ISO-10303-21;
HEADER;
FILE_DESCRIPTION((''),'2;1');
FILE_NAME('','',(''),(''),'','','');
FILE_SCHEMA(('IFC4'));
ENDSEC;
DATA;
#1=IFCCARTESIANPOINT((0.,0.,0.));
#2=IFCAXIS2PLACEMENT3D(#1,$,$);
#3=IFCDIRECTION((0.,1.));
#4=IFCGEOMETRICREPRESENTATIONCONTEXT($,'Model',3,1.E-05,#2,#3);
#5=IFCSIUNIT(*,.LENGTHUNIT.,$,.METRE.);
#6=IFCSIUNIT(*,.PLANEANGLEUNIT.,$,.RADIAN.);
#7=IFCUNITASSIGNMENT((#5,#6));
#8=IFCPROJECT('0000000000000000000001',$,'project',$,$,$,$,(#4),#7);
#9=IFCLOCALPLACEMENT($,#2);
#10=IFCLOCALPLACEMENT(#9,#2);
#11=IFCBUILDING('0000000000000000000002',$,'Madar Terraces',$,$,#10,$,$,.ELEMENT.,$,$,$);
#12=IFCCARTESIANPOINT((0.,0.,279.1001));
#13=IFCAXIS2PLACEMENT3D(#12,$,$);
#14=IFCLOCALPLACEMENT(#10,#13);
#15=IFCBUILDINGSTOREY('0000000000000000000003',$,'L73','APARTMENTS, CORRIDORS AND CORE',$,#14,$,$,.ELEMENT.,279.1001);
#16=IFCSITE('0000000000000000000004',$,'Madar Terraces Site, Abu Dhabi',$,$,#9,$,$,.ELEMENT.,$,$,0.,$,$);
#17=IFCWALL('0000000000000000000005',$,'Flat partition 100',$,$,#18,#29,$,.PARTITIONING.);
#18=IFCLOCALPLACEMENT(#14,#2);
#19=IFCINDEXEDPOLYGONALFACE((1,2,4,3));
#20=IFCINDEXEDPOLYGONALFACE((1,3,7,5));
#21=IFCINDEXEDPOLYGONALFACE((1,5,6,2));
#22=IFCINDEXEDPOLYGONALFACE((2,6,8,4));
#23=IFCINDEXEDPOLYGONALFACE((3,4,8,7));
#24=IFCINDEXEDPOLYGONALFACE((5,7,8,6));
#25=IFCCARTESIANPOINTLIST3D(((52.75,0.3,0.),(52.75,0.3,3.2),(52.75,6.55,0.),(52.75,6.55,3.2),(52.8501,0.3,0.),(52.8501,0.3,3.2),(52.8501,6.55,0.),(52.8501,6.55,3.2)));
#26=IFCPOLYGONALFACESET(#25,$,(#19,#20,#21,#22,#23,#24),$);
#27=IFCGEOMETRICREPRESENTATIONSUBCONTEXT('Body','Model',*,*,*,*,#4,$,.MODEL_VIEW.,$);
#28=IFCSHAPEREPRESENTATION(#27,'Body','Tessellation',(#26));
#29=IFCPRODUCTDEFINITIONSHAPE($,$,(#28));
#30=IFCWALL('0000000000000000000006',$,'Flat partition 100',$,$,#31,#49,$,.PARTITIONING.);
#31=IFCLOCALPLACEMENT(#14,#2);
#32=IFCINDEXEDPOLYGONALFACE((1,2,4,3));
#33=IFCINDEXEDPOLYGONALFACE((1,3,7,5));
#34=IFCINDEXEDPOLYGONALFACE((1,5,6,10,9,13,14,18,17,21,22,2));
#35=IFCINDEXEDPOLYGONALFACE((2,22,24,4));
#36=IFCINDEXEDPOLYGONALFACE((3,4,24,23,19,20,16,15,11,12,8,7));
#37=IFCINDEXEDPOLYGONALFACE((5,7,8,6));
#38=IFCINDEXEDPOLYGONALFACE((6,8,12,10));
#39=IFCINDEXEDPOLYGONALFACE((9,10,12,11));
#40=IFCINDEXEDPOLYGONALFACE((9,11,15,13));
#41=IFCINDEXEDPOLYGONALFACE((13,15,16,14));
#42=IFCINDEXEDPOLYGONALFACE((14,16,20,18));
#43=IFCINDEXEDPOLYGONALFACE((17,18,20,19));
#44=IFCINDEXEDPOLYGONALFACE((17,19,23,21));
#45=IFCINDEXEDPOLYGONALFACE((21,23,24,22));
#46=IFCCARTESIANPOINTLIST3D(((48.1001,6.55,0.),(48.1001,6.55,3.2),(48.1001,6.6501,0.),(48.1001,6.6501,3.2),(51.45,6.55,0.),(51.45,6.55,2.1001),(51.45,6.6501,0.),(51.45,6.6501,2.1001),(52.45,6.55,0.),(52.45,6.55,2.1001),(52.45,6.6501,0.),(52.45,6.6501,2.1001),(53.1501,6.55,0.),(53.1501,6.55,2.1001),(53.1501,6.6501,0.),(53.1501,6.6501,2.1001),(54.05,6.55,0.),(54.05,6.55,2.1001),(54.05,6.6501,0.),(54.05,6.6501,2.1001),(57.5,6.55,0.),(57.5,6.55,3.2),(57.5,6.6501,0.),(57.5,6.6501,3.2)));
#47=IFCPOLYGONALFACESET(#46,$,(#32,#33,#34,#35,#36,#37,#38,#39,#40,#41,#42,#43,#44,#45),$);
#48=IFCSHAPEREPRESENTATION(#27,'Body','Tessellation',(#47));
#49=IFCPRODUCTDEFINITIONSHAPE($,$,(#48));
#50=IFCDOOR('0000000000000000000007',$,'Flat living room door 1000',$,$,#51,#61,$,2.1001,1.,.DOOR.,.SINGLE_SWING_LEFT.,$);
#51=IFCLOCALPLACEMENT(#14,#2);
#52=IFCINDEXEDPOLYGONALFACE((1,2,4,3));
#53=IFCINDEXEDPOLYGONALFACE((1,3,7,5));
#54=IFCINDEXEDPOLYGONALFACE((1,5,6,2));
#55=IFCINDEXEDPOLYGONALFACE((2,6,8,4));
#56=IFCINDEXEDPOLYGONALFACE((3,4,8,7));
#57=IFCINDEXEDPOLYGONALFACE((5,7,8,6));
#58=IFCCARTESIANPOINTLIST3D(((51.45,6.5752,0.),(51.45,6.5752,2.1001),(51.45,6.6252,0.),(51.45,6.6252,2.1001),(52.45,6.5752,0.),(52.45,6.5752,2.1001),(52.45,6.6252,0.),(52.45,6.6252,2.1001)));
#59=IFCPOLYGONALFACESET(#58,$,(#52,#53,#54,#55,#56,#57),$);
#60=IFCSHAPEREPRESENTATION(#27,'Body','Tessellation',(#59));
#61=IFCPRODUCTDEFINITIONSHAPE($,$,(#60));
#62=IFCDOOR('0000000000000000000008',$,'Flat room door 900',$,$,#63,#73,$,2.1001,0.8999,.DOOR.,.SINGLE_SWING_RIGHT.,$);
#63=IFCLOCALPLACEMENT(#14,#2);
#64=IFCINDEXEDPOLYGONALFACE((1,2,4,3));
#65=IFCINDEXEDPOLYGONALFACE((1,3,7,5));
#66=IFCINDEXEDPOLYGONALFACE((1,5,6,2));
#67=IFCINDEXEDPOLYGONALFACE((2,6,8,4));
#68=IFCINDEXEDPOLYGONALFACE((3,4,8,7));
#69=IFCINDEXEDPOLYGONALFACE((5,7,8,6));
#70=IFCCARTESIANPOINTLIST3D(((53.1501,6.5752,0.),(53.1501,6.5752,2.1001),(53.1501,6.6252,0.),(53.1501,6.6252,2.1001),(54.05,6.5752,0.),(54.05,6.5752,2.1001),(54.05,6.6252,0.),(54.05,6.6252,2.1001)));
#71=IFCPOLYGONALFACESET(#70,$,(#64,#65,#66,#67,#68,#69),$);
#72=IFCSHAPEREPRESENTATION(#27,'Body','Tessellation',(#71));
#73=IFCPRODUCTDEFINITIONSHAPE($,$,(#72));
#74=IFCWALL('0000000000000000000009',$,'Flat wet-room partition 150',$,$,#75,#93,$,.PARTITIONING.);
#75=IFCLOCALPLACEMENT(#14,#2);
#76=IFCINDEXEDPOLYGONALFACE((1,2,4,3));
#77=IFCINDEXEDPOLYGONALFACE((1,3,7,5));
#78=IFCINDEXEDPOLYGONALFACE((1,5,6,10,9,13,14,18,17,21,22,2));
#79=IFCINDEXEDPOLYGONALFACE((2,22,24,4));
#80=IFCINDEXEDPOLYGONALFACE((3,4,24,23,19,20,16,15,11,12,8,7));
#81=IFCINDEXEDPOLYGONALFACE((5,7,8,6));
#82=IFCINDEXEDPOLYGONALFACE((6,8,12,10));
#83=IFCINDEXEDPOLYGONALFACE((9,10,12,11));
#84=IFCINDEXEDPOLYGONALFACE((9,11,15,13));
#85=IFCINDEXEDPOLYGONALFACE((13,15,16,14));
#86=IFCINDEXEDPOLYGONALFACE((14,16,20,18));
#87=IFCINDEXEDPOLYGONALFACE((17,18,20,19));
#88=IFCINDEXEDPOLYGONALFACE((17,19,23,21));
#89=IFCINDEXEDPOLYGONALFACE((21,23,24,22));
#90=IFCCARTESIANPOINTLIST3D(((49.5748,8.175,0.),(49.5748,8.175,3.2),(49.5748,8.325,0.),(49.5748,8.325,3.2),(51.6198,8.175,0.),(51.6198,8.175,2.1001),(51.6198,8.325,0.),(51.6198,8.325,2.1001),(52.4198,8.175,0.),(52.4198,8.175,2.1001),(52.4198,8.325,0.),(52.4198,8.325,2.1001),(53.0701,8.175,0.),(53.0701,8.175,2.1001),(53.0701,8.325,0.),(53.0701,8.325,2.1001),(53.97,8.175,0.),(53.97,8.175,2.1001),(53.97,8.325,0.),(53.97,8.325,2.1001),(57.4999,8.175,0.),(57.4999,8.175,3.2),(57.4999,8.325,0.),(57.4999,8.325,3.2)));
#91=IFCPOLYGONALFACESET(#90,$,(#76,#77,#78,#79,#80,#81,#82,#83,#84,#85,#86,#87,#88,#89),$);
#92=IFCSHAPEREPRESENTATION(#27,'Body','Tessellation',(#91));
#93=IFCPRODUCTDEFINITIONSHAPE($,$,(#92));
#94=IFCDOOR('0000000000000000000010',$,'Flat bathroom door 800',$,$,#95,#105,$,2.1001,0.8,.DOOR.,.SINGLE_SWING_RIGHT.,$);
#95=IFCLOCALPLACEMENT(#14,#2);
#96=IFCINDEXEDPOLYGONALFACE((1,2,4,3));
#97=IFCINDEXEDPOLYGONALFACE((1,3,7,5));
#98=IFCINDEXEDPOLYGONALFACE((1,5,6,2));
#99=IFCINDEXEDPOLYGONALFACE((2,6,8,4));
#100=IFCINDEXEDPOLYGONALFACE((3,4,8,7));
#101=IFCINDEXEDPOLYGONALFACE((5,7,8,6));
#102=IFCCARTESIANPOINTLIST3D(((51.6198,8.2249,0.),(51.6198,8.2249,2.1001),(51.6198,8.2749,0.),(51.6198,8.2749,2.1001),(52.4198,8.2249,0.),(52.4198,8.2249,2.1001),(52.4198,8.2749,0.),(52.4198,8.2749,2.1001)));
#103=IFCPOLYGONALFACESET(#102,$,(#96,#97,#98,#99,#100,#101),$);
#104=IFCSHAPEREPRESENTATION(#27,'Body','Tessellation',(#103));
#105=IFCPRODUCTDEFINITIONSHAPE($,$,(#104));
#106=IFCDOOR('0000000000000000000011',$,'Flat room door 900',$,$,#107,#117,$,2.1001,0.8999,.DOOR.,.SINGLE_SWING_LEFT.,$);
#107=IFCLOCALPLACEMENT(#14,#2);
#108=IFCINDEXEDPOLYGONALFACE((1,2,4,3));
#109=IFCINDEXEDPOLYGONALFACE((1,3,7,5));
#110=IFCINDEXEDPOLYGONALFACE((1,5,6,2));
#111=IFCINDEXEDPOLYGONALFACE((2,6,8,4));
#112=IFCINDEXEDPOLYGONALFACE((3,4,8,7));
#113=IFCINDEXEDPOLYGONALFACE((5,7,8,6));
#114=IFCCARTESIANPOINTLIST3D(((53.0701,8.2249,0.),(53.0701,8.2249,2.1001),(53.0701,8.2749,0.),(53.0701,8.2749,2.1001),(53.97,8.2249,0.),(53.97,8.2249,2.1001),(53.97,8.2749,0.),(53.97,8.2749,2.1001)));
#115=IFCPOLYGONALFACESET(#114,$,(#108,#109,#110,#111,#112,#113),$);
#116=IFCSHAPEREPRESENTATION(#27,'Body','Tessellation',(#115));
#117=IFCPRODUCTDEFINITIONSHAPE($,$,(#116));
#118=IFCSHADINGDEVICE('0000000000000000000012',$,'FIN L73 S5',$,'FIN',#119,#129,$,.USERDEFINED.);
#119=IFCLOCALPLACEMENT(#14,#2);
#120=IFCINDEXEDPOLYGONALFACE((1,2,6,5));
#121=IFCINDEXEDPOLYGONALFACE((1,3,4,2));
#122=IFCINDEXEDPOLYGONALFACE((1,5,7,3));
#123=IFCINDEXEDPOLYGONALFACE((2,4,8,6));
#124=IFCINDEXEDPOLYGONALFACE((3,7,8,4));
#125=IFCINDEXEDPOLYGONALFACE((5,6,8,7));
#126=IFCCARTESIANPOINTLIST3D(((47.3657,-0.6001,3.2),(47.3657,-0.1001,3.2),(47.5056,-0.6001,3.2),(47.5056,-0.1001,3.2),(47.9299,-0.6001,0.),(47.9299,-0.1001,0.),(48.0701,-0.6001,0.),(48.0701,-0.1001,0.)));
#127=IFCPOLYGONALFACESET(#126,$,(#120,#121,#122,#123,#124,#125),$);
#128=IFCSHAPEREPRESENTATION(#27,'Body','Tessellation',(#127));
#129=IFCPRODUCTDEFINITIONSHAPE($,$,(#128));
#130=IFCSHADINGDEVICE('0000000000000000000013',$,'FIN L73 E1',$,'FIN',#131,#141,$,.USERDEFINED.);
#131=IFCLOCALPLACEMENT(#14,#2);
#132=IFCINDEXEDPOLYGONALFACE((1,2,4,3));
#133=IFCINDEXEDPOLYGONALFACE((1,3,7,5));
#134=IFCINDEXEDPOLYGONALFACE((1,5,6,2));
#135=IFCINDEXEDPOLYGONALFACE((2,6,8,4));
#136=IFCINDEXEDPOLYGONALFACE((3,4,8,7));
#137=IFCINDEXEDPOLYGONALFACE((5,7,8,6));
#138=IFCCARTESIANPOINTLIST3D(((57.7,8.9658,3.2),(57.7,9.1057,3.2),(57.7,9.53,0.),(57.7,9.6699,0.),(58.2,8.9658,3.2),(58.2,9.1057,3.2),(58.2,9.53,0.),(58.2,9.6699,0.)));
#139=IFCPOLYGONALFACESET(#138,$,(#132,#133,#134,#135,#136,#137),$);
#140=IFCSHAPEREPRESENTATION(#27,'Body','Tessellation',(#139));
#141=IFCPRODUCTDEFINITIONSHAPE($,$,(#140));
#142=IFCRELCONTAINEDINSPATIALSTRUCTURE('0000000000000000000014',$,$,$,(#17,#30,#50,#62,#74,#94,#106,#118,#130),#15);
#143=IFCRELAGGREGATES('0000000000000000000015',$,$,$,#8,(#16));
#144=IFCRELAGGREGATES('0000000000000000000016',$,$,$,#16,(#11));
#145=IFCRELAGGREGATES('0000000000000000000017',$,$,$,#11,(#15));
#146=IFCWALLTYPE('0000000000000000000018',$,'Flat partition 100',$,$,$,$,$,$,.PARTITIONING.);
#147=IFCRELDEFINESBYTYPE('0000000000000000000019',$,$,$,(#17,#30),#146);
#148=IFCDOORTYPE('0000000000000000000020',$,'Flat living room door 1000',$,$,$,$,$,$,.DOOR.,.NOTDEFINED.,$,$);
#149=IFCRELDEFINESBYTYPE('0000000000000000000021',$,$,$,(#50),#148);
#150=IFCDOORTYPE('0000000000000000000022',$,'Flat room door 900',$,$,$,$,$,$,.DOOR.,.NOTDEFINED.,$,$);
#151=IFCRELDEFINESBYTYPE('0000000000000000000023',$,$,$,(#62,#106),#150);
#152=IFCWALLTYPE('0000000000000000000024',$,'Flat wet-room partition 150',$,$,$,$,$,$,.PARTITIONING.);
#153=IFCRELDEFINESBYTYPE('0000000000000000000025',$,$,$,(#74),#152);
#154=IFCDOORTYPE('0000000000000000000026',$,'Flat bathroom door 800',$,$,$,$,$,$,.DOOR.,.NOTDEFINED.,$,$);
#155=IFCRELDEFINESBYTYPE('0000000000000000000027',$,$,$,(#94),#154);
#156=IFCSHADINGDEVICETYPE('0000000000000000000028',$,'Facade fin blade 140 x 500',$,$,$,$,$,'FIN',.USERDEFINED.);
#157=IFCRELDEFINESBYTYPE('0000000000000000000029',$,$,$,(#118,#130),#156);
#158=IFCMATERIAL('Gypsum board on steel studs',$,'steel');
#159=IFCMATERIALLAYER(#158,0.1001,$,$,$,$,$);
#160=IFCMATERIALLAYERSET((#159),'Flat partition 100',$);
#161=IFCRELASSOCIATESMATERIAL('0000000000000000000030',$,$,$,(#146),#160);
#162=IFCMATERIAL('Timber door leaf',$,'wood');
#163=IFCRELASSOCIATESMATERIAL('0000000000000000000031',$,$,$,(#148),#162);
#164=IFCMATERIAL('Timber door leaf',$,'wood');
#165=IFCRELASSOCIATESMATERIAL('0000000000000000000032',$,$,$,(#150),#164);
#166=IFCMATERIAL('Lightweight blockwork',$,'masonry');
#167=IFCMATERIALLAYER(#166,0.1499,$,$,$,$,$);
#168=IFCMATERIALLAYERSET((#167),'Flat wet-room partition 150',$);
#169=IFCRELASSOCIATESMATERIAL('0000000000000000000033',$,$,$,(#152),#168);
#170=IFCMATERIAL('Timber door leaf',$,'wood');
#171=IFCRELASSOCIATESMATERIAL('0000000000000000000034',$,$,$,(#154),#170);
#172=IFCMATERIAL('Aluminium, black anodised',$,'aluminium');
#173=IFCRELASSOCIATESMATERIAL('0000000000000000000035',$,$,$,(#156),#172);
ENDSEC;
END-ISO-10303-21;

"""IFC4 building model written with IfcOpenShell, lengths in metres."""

from ifc_helpers import new_model, si_unit, direction, frame, frame_2d, origin, place, context, subcontext, project, spatial, polyline, rectangle, outline, extrude, material, layer, layer_set, type_object, element, fill, save


model = new_model("IFC4")

# Units and contexts
model_context = context("Model", 3, precision=1e-05, world=origin(), true_north=direction((0.0, 1.0)))
body_context = subcontext(model_context, "Body", "Model", "MODEL_VIEW")
ifc_project = project(units=[si_unit("LENGTHUNIT", "METRE"), si_unit("PLANEANGLEUNIT", "RADIAN")], contexts=[model_context])

# Site, building, storey
site_placement = place(None, origin())
site = spatial("IfcSite", under=ifc_project, at=site_placement, Name="Madar Terraces Site, Abu Dhabi", CompositionType="ELEMENT", RefElevation=0.0)
building_placement = place(site_placement, origin())
building = spatial("IfcBuilding", under=site, at=building_placement, Name="Madar Terraces", CompositionType="ELEMENT")
storey_placement = place(building_placement, frame((0.0, 0.0, 279.1001)))
storey = spatial("IfcBuildingStorey", under=building, at=storey_placement, Name="L73", Description="APARTMENTS, CORRIDORS AND CORE", CompositionType="ELEMENT", Elevation=279.1001)

# Wall
ifc_material_1 = material(Name="Gypsum board on steel studs", Category="steel")
ifc_layer_1 = layer(ifc_material_1, 0.1001)
ifc_layer_set_1 = layer_set([ifc_layer_1], Name="Flat partition 100")
wall_type_1 = type_object("IfcWallType", Name="Flat partition 100", PredefinedType="PARTITIONING", material=ifc_layer_set_1)
wall_1_placement = place(storey_placement, frame((52.8, 6.55, 0.0), z_axis=(0.0, 0.0, 1.0), x_axis=(0.0, -1.0, 0.0)))
element("IfcWall", 1, at=wall_1_placement, inside=storey, type_object=wall_type_1, Name="Flat partition 100", PredefinedType="PARTITIONING", context=body_context, shape_type="SweptSolid", body=[
    extrude(rectangle(XDim=6.25, YDim=0.1001, at=frame_2d((3.125, 0.0))), origin(), (0.0, 0.0, 1.0), 3.2),
])

# Walls, openings, doors
wall_2_placement = place(storey_placement, frame((57.5, 6.6001, 0.0), z_axis=(0.0, 0.0, 1.0), x_axis=(-1.0, 0.0, 0.0)))
wall_2 = element("IfcWall", 2, at=wall_2_placement, inside=storey, type_object=wall_type_1, Name="Flat partition 100", PredefinedType="PARTITIONING", context=body_context, shape_type="SweptSolid", body=[
    extrude(rectangle(XDim=9.3999, YDim=0.1001, at=frame_2d((4.7, 0.0))), origin(), (0.0, 0.0, 1.0), 3.2),
])
opening_1_placement = place(wall_2_placement, frame((5.05, 0.0, 0.0)))
opening_1 = element("IfcOpeningElement", 3, at=opening_1_placement, cuts=wall_2, PredefinedType="OPENING", context=body_context, shape_type="SweptSolid", body=[
    extrude(rectangle(XDim=1.0, YDim=2.1001, at=frame_2d((0.5, 1.05))), frame((0.0, 0.0601, 0.0), z_axis=(0.0, -1.0, 0.0), x_axis=(1.0, 0.0, 0.0)), (0.0, 0.0, 1.0), 0.1201),
])
opening_2_placement = place(wall_2_placement, frame((3.45, 0.0, 0.0)))
opening_2 = element("IfcOpeningElement", 4, at=opening_2_placement, cuts=wall_2, PredefinedType="OPENING", context=body_context, shape_type="SweptSolid", body=[
    extrude(rectangle(XDim=0.8999, YDim=2.1001, at=frame_2d((0.45, 1.05))), frame((0.0, 0.0601, 0.0), z_axis=(0.0, -1.0, 0.0), x_axis=(1.0, 0.0, 0.0)), (0.0, 0.0, 1.0), 0.1201),
])
ifc_material_2 = material(Name="Timber door leaf", Category="wood")
door_type_1 = type_object("IfcDoorType", Name="Flat living room door 1000", OperationType="NOTDEFINED", PredefinedType="DOOR", material=ifc_material_2)
door_1_placement = place(opening_1_placement, origin())
door_1 = element("IfcDoor", 5, at=door_1_placement, inside=storey, type_object=door_type_1, Name="Flat living room door 1000", OperationType="SINGLE_SWING_LEFT", OverallHeight=2.1001, OverallWidth=1.0, PredefinedType="DOOR", context=body_context, shape_type="SweptSolid", body=[
    extrude(rectangle(XDim=1.0, YDim=2.1001, at=frame_2d((0.5, 1.05))), frame((0.0, 0.0249, 0.0), z_axis=(0.0, -1.0, 0.0), x_axis=(1.0, 0.0, 0.0)), (0.0, 0.0, 1.0), 0.05),
])
fill(opening_1, door_1)
ifc_material_3 = material(Name="Timber door leaf", Category="wood")
door_type_2 = type_object("IfcDoorType", Name="Flat room door 900", OperationType="NOTDEFINED", PredefinedType="DOOR", material=ifc_material_3)
door_2_placement = place(opening_2_placement, origin())
door_2 = element("IfcDoor", 6, at=door_2_placement, inside=storey, type_object=door_type_2, Name="Flat room door 900", OperationType="SINGLE_SWING_RIGHT", OverallHeight=2.1001, OverallWidth=0.8999, PredefinedType="DOOR", context=body_context, shape_type="SweptSolid", body=[
    extrude(rectangle(XDim=0.8999, YDim=2.1001, at=frame_2d((0.45, 1.05))), frame((0.0, 0.0249, 0.0), z_axis=(0.0, -1.0, 0.0), x_axis=(1.0, 0.0, 0.0)), (0.0, 0.0, 1.0), 0.05),
])
fill(opening_2, door_2)
ifc_material_4 = material(Name="Lightweight blockwork", Category="masonry")
ifc_layer_2 = layer(ifc_material_4, 0.1499)
ifc_layer_set_2 = layer_set([ifc_layer_2], Name="Flat wet-room partition 150")
wall_type_2 = type_object("IfcWallType", Name="Flat wet-room partition 150", PredefinedType="PARTITIONING", material=ifc_layer_set_2)
wall_3_placement = place(storey_placement, frame((49.575, 8.25, 0.0), z_axis=(0.0, 0.0, 1.0), x_axis=(1.0, 0.0, 0.0)))
wall_3 = element("IfcWall", 7, at=wall_3_placement, inside=storey, type_object=wall_type_2, Name="Flat wet-room partition 150", PredefinedType="PARTITIONING", context=body_context, shape_type="SweptSolid", body=[
    extrude(rectangle(XDim=7.925, YDim=0.1499, at=frame_2d((3.9624, 0.0))), origin(), (0.0, 0.0, 1.0), 3.2),
])
opening_3_placement = place(wall_3_placement, frame((2.0449, 0.0, 0.0)))
opening_3 = element("IfcOpeningElement", 8, at=opening_3_placement, cuts=wall_3, PredefinedType="OPENING", context=body_context, shape_type="SweptSolid", body=[
    extrude(rectangle(XDim=0.8, YDim=2.1001, at=frame_2d((0.3999, 1.05))), frame((0.0, 0.085, 0.0), z_axis=(0.0, -1.0, 0.0), x_axis=(1.0, 0.0, 0.0)), (0.0, 0.0, 1.0), 0.1699),
])
opening_4_placement = place(wall_3_placement, frame((3.4951, 0.0, 0.0)))
opening_4 = element("IfcOpeningElement", 9, at=opening_4_placement, cuts=wall_3, PredefinedType="OPENING", context=body_context, shape_type="SweptSolid", body=[
    extrude(rectangle(XDim=0.8999, YDim=2.1001, at=frame_2d((0.45, 1.05))), frame((0.0, 0.085, 0.0), z_axis=(0.0, -1.0, 0.0), x_axis=(1.0, 0.0, 0.0)), (0.0, 0.0, 1.0), 0.1699),
])
ifc_material_5 = material(Name="Timber door leaf", Category="wood")
door_type_3 = type_object("IfcDoorType", Name="Flat bathroom door 800", OperationType="NOTDEFINED", PredefinedType="DOOR", material=ifc_material_5)
door_3_placement = place(opening_3_placement, origin())
door_3 = element("IfcDoor", 10, at=door_3_placement, inside=storey, type_object=door_type_3, Name="Flat bathroom door 800", OperationType="SINGLE_SWING_RIGHT", OverallHeight=2.1001, OverallWidth=0.8, PredefinedType="DOOR", context=body_context, shape_type="SweptSolid", body=[
    extrude(rectangle(XDim=0.8, YDim=2.1001, at=frame_2d((0.3999, 1.05))), frame((0.0, 0.0249, 0.0), z_axis=(0.0, -1.0, 0.0), x_axis=(1.0, 0.0, 0.0)), (0.0, 0.0, 1.0), 0.05),
])
fill(opening_3, door_3)
door_4_placement = place(opening_4_placement, origin())
door_4 = element("IfcDoor", 11, at=door_4_placement, inside=storey, type_object=door_type_2, Name="Flat room door 900", OperationType="SINGLE_SWING_LEFT", OverallHeight=2.1001, OverallWidth=0.8999, PredefinedType="DOOR", context=body_context, shape_type="SweptSolid", body=[
    extrude(rectangle(XDim=0.8999, YDim=2.1001, at=frame_2d((0.45, 1.05))), frame((0.0, 0.0249, 0.0), z_axis=(0.0, -1.0, 0.0), x_axis=(1.0, 0.0, 0.0)), (0.0, 0.0, 1.0), 0.05),
])
fill(opening_4, door_4)

# Shading devices
ifc_material_6 = material(Name="Aluminium, black anodised", Category="aluminium")
shading_device_type = type_object("IfcShadingDeviceType", Name="Facade fin blade 140 x 500", ElementType="FIN", PredefinedType="USERDEFINED", material=ifc_material_6)
shading_device_1_placement = place(storey_placement, frame((47.9299, -0.3501, 0.0), z_axis=(0.0, 0.0, 1.0), x_axis=(1.0, 0.0, 0.0)))
element("IfcShadingDevice", 12, at=shading_device_1_placement, inside=storey, type_object=shading_device_type, Name="FIN L73 S5", ObjectType="FIN", PredefinedType="USERDEFINED", context=body_context, shape_type="SweptSolid", body=[
    extrude(outline(polyline([(0.0, 0.0), (0.1401, 0.0), (-0.4243, 3.2), (-0.5642, 3.2), (0.0, 0.0)])), frame((0.0, 0.25, 0.0), z_axis=(0.0, -1.0, 0.0), x_axis=(1.0, 0.0, 0.0)), (0.0, 0.0, 1.0), 0.5),
])
shading_device_2_placement = place(storey_placement, frame((57.95, 9.53, 0.0), z_axis=(0.0, 0.0, 1.0), x_axis=(0.0, 1.0, 0.0)))
element("IfcShadingDevice", 13, at=shading_device_2_placement, inside=storey, type_object=shading_device_type, Name="FIN L73 E1", ObjectType="FIN", PredefinedType="USERDEFINED", context=body_context, shape_type="SweptSolid", body=[
    extrude(outline(polyline([(0.0, 0.0), (0.1399, 0.0), (-0.4243, 3.2), (-0.5642, 3.2), (0.0, 0.0)])), frame((0.0, 0.25, 0.0), z_axis=(0.0, -1.0, 0.0), x_axis=(1.0, 0.0, 0.0)), (0.0, 0.0, 1.0), 0.5),
])

save(model, "model.ifc")
